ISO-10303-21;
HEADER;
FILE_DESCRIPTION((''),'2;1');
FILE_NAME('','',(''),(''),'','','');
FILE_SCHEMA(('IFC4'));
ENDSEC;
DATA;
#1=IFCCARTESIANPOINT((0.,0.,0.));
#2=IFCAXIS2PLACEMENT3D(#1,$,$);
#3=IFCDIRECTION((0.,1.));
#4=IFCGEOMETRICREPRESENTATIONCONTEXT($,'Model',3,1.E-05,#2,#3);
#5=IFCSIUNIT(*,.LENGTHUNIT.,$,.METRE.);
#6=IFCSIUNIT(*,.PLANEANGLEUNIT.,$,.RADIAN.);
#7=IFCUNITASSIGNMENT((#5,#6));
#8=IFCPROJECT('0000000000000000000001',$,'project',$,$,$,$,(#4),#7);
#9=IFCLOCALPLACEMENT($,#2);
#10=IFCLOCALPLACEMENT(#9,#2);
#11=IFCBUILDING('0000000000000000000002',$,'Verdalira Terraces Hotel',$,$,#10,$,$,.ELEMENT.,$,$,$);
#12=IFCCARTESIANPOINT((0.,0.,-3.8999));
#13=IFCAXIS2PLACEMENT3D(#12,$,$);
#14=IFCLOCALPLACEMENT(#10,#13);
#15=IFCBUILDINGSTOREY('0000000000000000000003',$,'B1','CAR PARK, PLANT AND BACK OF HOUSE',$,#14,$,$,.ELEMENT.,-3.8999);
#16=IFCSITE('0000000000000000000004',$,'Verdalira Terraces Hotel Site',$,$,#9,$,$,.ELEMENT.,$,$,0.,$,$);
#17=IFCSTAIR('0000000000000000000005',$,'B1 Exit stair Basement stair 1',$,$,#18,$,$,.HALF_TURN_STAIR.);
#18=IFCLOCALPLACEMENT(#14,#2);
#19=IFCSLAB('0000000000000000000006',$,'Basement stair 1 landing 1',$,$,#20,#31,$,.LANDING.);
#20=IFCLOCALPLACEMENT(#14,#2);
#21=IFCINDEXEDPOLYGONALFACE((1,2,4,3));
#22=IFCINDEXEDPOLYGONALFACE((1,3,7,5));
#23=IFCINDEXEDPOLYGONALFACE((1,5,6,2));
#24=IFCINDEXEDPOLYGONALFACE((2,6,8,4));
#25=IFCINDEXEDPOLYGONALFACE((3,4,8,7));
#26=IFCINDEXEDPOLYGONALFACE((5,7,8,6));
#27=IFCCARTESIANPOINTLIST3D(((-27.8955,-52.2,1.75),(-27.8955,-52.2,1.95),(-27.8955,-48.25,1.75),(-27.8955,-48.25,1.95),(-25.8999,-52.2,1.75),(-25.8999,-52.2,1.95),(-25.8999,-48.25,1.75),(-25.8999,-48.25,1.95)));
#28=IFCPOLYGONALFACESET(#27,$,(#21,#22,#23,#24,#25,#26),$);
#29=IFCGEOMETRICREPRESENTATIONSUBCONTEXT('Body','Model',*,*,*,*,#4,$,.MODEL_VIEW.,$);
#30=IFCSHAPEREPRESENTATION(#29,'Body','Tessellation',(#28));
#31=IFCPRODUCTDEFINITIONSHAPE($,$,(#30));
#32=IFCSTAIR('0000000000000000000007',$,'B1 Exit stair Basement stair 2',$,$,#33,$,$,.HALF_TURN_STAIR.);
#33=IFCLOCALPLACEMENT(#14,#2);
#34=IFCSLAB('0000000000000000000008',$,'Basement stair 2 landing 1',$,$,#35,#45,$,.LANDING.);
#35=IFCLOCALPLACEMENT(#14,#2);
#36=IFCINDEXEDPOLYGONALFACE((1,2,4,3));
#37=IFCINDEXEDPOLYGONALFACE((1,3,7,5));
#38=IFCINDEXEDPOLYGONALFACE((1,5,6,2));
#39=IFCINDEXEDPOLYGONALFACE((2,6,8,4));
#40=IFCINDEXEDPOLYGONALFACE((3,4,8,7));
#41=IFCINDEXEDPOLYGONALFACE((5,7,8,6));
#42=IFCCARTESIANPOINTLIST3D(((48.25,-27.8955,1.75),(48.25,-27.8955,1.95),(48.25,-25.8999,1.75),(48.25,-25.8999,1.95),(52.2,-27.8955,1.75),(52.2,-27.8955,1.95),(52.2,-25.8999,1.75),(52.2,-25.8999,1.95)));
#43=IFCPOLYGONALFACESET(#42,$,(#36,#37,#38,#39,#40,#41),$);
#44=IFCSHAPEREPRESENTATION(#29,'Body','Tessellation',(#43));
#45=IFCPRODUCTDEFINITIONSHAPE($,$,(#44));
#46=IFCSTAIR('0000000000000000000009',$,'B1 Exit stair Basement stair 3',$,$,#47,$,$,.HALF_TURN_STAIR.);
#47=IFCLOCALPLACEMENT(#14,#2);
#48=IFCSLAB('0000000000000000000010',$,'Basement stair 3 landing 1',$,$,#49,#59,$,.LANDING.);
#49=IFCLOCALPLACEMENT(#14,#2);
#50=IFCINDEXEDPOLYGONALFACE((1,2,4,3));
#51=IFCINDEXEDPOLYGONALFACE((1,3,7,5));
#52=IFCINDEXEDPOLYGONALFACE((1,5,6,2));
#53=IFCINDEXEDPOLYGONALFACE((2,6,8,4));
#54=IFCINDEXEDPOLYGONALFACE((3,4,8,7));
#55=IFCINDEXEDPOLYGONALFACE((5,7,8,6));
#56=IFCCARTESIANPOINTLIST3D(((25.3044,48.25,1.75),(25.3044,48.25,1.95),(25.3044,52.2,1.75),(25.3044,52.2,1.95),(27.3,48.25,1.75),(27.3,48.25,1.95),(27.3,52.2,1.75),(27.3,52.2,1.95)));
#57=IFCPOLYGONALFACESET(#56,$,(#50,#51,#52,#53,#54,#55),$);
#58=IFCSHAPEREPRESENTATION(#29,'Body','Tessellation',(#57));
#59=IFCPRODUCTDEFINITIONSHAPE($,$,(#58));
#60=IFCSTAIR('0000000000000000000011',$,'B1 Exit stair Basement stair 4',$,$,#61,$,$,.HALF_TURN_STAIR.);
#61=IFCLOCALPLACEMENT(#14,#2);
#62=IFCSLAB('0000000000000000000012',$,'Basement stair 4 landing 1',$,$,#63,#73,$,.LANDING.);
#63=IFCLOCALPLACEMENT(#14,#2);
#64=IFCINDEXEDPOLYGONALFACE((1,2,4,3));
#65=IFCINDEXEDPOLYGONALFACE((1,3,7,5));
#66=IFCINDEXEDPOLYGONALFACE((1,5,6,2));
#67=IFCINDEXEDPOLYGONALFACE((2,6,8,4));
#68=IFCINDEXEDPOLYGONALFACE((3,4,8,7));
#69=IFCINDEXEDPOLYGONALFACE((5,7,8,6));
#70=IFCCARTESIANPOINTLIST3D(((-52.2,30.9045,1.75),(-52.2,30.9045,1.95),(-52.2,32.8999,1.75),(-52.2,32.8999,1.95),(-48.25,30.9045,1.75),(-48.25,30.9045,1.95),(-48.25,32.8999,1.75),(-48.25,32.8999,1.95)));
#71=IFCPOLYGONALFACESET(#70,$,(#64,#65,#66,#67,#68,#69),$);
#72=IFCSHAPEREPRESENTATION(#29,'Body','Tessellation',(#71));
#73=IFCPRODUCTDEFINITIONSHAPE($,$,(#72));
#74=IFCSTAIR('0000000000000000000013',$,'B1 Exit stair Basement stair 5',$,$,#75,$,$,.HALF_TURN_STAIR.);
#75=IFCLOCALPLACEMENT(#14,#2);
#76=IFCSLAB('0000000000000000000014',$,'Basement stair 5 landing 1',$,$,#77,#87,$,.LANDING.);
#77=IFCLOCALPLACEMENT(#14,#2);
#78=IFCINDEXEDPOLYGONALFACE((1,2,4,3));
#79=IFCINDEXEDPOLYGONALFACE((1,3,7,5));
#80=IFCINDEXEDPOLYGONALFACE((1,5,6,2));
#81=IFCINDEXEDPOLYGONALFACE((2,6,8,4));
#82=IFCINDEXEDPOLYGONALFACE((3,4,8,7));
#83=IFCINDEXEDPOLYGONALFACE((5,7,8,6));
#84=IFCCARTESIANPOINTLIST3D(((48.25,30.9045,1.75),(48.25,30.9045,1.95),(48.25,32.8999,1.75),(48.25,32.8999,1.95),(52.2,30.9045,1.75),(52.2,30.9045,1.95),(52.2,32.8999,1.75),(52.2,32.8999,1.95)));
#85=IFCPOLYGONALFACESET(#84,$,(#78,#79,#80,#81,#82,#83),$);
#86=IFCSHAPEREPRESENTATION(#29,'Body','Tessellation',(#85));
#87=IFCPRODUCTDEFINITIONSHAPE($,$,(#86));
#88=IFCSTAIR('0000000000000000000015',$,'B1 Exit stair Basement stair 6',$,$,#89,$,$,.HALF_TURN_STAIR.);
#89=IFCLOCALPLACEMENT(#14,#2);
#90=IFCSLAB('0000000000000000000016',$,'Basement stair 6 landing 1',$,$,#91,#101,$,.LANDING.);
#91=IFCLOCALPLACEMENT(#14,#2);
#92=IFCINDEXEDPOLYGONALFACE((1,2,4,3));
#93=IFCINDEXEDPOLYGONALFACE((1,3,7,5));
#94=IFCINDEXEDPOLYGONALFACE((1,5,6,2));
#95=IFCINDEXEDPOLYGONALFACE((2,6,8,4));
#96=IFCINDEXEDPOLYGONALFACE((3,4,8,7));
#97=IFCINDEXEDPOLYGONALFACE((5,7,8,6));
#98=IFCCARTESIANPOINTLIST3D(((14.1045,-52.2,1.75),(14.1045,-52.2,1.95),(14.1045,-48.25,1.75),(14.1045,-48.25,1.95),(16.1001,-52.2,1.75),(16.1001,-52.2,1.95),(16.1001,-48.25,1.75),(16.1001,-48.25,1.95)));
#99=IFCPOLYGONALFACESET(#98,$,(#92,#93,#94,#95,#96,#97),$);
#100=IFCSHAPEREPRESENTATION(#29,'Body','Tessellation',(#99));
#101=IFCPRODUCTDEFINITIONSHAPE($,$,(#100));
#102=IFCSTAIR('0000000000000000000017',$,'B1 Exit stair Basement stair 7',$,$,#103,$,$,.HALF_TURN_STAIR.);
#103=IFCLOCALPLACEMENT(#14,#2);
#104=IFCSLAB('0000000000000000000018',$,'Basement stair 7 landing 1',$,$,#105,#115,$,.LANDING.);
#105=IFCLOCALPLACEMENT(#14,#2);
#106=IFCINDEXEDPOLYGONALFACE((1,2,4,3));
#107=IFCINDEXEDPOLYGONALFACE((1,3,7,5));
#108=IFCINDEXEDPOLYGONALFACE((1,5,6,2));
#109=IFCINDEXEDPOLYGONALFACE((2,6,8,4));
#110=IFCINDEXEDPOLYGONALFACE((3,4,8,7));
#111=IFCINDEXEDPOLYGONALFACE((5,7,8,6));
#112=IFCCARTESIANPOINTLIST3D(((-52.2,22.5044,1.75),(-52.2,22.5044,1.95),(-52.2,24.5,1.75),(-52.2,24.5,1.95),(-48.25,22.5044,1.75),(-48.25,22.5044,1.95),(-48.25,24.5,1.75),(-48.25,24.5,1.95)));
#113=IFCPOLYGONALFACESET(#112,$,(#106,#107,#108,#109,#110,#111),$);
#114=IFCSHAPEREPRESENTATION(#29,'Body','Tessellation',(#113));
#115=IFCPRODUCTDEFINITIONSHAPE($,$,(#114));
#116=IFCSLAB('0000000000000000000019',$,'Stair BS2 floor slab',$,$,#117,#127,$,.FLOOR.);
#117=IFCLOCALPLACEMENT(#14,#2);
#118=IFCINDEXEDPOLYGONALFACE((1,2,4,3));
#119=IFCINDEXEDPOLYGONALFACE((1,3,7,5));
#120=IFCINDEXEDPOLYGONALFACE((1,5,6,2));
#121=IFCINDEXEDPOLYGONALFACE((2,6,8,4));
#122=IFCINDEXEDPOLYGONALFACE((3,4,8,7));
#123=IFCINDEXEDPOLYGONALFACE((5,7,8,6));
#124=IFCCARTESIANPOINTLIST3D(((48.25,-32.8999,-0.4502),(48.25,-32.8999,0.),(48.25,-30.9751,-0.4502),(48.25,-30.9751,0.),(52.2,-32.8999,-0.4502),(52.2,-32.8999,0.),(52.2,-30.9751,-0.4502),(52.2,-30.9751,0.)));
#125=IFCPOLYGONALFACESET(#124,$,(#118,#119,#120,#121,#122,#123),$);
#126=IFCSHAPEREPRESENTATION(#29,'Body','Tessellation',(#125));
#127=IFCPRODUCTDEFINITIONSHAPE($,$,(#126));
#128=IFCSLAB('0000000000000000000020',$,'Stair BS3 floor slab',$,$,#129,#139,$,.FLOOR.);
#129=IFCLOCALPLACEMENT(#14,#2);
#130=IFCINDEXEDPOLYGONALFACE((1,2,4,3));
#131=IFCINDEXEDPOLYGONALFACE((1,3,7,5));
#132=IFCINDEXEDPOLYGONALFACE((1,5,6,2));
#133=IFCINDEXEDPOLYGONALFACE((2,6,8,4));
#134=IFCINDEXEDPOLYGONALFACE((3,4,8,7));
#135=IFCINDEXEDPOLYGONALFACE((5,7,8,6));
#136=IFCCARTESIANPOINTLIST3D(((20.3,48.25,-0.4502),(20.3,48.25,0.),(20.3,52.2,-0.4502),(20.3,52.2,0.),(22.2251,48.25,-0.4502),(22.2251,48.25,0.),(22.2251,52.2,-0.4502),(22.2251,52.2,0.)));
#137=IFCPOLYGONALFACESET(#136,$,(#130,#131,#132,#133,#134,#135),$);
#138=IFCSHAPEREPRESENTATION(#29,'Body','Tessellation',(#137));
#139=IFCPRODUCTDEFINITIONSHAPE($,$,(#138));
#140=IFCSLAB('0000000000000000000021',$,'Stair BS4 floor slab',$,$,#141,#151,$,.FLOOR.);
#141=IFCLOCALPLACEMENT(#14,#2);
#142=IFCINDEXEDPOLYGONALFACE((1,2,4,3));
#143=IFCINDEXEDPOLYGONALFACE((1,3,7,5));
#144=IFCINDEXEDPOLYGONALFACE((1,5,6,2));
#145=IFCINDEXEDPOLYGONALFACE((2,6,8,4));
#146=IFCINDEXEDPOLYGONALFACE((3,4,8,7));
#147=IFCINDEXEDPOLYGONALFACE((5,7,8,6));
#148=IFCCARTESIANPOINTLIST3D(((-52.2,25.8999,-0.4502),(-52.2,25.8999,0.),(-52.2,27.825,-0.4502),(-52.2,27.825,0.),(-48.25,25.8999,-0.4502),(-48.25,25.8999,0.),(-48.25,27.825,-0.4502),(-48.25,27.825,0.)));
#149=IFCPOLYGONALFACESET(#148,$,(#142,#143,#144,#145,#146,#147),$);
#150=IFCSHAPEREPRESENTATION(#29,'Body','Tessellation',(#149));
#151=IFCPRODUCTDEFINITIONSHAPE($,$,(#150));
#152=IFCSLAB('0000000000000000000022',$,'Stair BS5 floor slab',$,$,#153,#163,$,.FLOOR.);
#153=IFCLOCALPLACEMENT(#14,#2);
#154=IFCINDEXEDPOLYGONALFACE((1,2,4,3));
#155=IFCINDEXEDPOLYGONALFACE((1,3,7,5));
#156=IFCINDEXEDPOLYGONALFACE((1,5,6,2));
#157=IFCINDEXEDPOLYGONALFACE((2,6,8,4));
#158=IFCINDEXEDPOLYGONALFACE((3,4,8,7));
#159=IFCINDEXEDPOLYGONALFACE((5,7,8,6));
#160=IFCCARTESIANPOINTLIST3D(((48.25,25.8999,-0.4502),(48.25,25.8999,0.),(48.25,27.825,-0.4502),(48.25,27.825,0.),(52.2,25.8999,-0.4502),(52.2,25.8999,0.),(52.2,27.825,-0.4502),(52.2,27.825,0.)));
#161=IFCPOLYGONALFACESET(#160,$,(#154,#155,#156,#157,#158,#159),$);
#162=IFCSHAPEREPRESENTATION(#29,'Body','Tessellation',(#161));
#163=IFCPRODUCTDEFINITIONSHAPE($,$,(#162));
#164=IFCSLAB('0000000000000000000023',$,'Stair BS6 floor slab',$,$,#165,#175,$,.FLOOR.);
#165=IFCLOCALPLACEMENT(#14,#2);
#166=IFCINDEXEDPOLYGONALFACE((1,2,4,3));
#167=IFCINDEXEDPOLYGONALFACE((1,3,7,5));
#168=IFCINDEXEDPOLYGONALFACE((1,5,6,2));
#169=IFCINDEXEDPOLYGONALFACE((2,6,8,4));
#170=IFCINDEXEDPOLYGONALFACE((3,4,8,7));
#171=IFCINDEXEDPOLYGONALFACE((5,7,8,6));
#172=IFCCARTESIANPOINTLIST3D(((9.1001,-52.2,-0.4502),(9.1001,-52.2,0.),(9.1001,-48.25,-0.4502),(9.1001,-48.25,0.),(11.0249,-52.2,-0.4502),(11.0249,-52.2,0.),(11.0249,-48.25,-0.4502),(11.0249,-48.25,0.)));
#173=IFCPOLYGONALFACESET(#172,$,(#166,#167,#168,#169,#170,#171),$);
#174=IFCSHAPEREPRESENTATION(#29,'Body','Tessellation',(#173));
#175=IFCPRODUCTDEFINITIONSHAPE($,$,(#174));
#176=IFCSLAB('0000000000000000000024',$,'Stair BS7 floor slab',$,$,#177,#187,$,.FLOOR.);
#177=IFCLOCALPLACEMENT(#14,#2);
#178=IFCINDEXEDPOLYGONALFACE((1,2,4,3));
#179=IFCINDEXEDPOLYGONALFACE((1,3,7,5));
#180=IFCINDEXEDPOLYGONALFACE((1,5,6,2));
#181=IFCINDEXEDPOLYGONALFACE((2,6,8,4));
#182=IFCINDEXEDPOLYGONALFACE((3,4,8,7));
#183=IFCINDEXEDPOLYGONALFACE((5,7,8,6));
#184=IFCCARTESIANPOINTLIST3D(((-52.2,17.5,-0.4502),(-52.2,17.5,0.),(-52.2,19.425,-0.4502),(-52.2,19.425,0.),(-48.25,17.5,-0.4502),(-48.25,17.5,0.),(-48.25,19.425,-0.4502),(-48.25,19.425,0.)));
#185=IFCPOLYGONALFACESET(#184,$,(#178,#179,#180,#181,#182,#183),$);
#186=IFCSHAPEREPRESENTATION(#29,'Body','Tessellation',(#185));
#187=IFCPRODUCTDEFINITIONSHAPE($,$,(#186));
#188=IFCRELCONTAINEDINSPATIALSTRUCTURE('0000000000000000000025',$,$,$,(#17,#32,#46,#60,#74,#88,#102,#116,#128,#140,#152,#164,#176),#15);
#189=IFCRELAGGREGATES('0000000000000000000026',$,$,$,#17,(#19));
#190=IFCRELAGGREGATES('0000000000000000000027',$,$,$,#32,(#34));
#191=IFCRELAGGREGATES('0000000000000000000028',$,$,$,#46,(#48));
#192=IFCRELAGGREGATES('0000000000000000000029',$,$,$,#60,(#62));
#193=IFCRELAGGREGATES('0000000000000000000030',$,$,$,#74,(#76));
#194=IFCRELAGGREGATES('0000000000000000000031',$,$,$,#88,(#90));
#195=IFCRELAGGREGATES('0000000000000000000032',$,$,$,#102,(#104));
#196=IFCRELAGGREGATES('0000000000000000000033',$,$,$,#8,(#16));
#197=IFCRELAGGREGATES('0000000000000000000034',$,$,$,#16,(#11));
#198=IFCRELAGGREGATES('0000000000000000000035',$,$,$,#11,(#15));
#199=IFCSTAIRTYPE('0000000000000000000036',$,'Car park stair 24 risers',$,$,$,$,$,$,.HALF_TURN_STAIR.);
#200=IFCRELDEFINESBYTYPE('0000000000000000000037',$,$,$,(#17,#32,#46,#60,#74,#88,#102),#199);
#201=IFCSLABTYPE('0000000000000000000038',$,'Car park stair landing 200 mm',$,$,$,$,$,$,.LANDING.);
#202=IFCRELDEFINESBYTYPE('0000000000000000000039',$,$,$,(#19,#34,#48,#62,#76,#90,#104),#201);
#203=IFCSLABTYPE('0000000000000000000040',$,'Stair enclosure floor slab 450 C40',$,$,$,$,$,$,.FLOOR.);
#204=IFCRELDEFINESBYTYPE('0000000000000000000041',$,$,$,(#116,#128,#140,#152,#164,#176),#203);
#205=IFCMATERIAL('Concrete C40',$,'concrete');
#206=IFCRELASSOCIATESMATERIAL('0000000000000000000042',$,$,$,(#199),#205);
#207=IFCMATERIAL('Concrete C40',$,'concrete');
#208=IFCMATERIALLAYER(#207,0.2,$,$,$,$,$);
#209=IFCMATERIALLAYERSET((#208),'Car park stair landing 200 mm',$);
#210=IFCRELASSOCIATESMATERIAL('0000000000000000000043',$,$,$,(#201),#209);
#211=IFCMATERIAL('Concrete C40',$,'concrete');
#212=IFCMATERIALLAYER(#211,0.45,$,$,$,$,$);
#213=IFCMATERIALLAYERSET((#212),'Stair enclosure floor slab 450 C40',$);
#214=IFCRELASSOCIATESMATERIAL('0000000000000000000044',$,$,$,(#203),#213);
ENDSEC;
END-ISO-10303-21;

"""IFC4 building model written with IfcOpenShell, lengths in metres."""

from ifc_helpers import new_model, si_unit, direction, frame, origin, place, context, subcontext, project, spatial, polyline, outline, extrude, material, layer, layer_set, type_object, element, aggregate, save


model = new_model("IFC4")

# Units and contexts
model_context = context("Model", 3, precision=1e-05, world=origin(), true_north=direction((0.0, 1.0)))
body_context = subcontext(model_context, "Body", "Model", "MODEL_VIEW")
ifc_project = project(units=[si_unit("LENGTHUNIT", "METRE"), si_unit("PLANEANGLEUNIT", "RADIAN")], contexts=[model_context])

# Site, building, storey
site_placement = place(None, origin())
site = spatial("IfcSite", under=ifc_project, at=site_placement, Name="Verdalira Terraces Hotel Site", CompositionType="ELEMENT", RefElevation=0.0)
building_placement = place(site_placement, origin())
building = spatial("IfcBuilding", under=site, at=building_placement, Name="Verdalira Terraces Hotel", CompositionType="ELEMENT")
storey_placement = place(building_placement, frame((0.0, 0.0, -3.8999)))
storey = spatial("IfcBuildingStorey", under=building, at=storey_placement, Name="B1", Description="CAR PARK, PLANT AND BACK OF HOUSE", CompositionType="ELEMENT", Elevation=-3.8999)

# Stairs, slabs
ifc_material_1 = material(Name="Concrete C40", Category="concrete")
stair_type = type_object("IfcStairType", Name="Car park stair 24 risers", PredefinedType="HALF_TURN_STAIR", material=ifc_material_1)
stair_1_placement = place(storey_placement, origin())
stair_1 = element("IfcStair", 1, at=stair_1_placement, inside=storey, type_object=stair_type, Name="B1 Exit stair Basement stair 1", PredefinedType="HALF_TURN_STAIR")
ifc_material_2 = material(Name="Concrete C40", Category="concrete")
ifc_layer_1 = layer(ifc_material_2, 0.2)
ifc_layer_set_1 = layer_set([ifc_layer_1], Name="Car park stair landing 200 mm")
slab_type_1 = type_object("IfcSlabType", Name="Car park stair landing 200 mm", PredefinedType="LANDING", material=ifc_layer_set_1)
slab_1_placement = place(storey_placement, frame((0.0, 0.0, 1.75)))
slab_1 = element("IfcSlab", 2, at=slab_1_placement, type_object=slab_type_1, Name="Basement stair 1 landing 1", PredefinedType="LANDING", context=body_context, shape_type="SweptSolid", body=[
    extrude(outline(polyline([(-27.8955, -52.2), (-25.8999, -52.2), (-25.8999, -48.25), (-27.8955, -48.25), (-27.8955, -52.2)])), origin(), (0.0, 0.0, 1.0), 0.2),
])
aggregate(stair_1, [slab_1])
stair_2_placement = place(storey_placement, origin())
stair_2 = element("IfcStair", 3, at=stair_2_placement, inside=storey, type_object=stair_type, Name="B1 Exit stair Basement stair 2", PredefinedType="HALF_TURN_STAIR")
slab_2_placement = place(storey_placement, frame((0.0, 0.0, 1.75)))
slab_2 = element("IfcSlab", 4, at=slab_2_placement, type_object=slab_type_1, Name="Basement stair 2 landing 1", PredefinedType="LANDING", context=body_context, shape_type="SweptSolid", body=[
    extrude(outline(polyline([(52.2, -27.8955), (52.2, -25.8999), (48.25, -25.8999), (48.25, -27.8955), (52.2, -27.8955)])), origin(), (0.0, 0.0, 1.0), 0.2),
])
aggregate(stair_2, [slab_2])
stair_3_placement = place(storey_placement, origin())
stair_3 = element("IfcStair", 5, at=stair_3_placement, inside=storey, type_object=stair_type, Name="B1 Exit stair Basement stair 3", PredefinedType="HALF_TURN_STAIR")
slab_3_placement = place(storey_placement, frame((0.0, 0.0, 1.75)))
slab_3 = element("IfcSlab", 6, at=slab_3_placement, type_object=slab_type_1, Name="Basement stair 3 landing 1", PredefinedType="LANDING", context=body_context, shape_type="SweptSolid", body=[
    extrude(outline(polyline([(25.3044, 48.25), (27.3, 48.25), (27.3, 52.2), (25.3044, 52.2), (25.3044, 48.25)])), origin(), (0.0, 0.0, 1.0), 0.2),
])
aggregate(stair_3, [slab_3])
stair_4_placement = place(storey_placement, origin())
stair_4 = element("IfcStair", 7, at=stair_4_placement, inside=storey, type_object=stair_type, Name="B1 Exit stair Basement stair 4", PredefinedType="HALF_TURN_STAIR")
slab_4_placement = place(storey_placement, frame((0.0, 0.0, 1.75)))
slab_4 = element("IfcSlab", 8, at=slab_4_placement, type_object=slab_type_1, Name="Basement stair 4 landing 1", PredefinedType="LANDING", context=body_context, shape_type="SweptSolid", body=[
    extrude(outline(polyline([(-48.25, 30.9045), (-48.25, 32.8999), (-52.2, 32.8999), (-52.2, 30.9045), (-48.25, 30.9045)])), origin(), (0.0, 0.0, 1.0), 0.2),
])
aggregate(stair_4, [slab_4])
stair_5_placement = place(storey_placement, origin())
stair_5 = element("IfcStair", 9, at=stair_5_placement, inside=storey, type_object=stair_type, Name="B1 Exit stair Basement stair 5", PredefinedType="HALF_TURN_STAIR")
slab_5_placement = place(storey_placement, frame((0.0, 0.0, 1.75)))
slab_5 = element("IfcSlab", 10, at=slab_5_placement, type_object=slab_type_1, Name="Basement stair 5 landing 1", PredefinedType="LANDING", context=body_context, shape_type="SweptSolid", body=[
    extrude(outline(polyline([(52.2, 30.9045), (52.2, 32.8999), (48.25, 32.8999), (48.25, 30.9045), (52.2, 30.9045)])), origin(), (0.0, 0.0, 1.0), 0.2),
])
aggregate(stair_5, [slab_5])
stair_6_placement = place(storey_placement, origin())
stair_6 = element("IfcStair", 11, at=stair_6_placement, inside=storey, type_object=stair_type, Name="B1 Exit stair Basement stair 6", PredefinedType="HALF_TURN_STAIR")
slab_6_placement = place(storey_placement, frame((0.0, 0.0, 1.75)))
slab_6 = element("IfcSlab", 12, at=slab_6_placement, type_object=slab_type_1, Name="Basement stair 6 landing 1", PredefinedType="LANDING", context=body_context, shape_type="SweptSolid", body=[
    extrude(outline(polyline([(14.1045, -52.2), (16.1001, -52.2), (16.1001, -48.25), (14.1045, -48.25), (14.1045, -52.2)])), origin(), (0.0, 0.0, 1.0), 0.2),
])
aggregate(stair_6, [slab_6])
stair_7_placement = place(storey_placement, origin())
stair_7 = element("IfcStair", 13, at=stair_7_placement, inside=storey, type_object=stair_type, Name="B1 Exit stair Basement stair 7", PredefinedType="HALF_TURN_STAIR")
slab_7_placement = place(storey_placement, frame((0.0, 0.0, 1.75)))
slab_7 = element("IfcSlab", 14, at=slab_7_placement, type_object=slab_type_1, Name="Basement stair 7 landing 1", PredefinedType="LANDING", context=body_context, shape_type="SweptSolid", body=[
    extrude(outline(polyline([(-48.25, 22.5044), (-48.25, 24.5), (-52.2, 24.5), (-52.2, 22.5044), (-48.25, 22.5044)])), origin(), (0.0, 0.0, 1.0), 0.2),
])
aggregate(stair_7, [slab_7])

# Slabs
ifc_material_3 = material(Name="Concrete C40", Category="concrete")
ifc_layer_2 = layer(ifc_material_3, 0.45)
ifc_layer_set_2 = layer_set([ifc_layer_2], Name="Stair enclosure floor slab 450 C40")
slab_type_2 = type_object("IfcSlabType", Name="Stair enclosure floor slab 450 C40", PredefinedType="FLOOR", material=ifc_layer_set_2)
slab_8_placement = place(storey_placement, frame((0.0, 0.0, -0.4502)))
element("IfcSlab", 15, at=slab_8_placement, inside=storey, type_object=slab_type_2, Name="Stair BS2 floor slab", PredefinedType="FLOOR", context=body_context, shape_type="SweptSolid", body=[
    extrude(outline(polyline([(48.25, -30.9751), (52.2, -30.9751), (52.2, -32.8999), (48.25, -32.8999), (48.25, -30.9751)])), origin(), (0.0, 0.0, 1.0), 0.4502),
])
slab_9_placement = place(storey_placement, frame((0.0, 0.0, -0.4502)))
element("IfcSlab", 16, at=slab_9_placement, inside=storey, type_object=slab_type_2, Name="Stair BS3 floor slab", PredefinedType="FLOOR", context=body_context, shape_type="SweptSolid", body=[
    extrude(outline(polyline([(20.3, 52.2), (22.2251, 52.2), (22.2251, 48.25), (20.3, 48.25), (20.3, 52.2)])), origin(), (0.0, 0.0, 1.0), 0.4502),
])
slab_10_placement = place(storey_placement, frame((0.0, 0.0, -0.4502)))
element("IfcSlab", 17, at=slab_10_placement, inside=storey, type_object=slab_type_2, Name="Stair BS4 floor slab", PredefinedType="FLOOR", context=body_context, shape_type="SweptSolid", body=[
    extrude(outline(polyline([(-52.2, 27.825), (-48.25, 27.825), (-48.25, 25.8999), (-52.2, 25.8999), (-52.2, 27.825)])), origin(), (0.0, 0.0, 1.0), 0.4502),
])
slab_11_placement = place(storey_placement, frame((0.0, 0.0, -0.4502)))
element("IfcSlab", 18, at=slab_11_placement, inside=storey, type_object=slab_type_2, Name="Stair BS5 floor slab", PredefinedType="FLOOR", context=body_context, shape_type="SweptSolid", body=[
    extrude(outline(polyline([(48.25, 27.825), (52.2, 27.825), (52.2, 25.8999), (48.25, 25.8999), (48.25, 27.825)])), origin(), (0.0, 0.0, 1.0), 0.4502),
])
slab_12_placement = place(storey_placement, frame((0.0, 0.0, -0.4502)))
element("IfcSlab", 19, at=slab_12_placement, inside=storey, type_object=slab_type_2, Name="Stair BS6 floor slab", PredefinedType="FLOOR", context=body_context, shape_type="SweptSolid", body=[
    extrude(outline(polyline([(9.1001, -48.25), (11.0249, -48.25), (11.0249, -52.2), (9.1001, -52.2), (9.1001, -48.25)])), origin(), (0.0, 0.0, 1.0), 0.4502),
])
slab_13_placement = place(storey_placement, frame((0.0, 0.0, -0.4502)))
element("IfcSlab", 20, at=slab_13_placement, inside=storey, type_object=slab_type_2, Name="Stair BS7 floor slab", PredefinedType="FLOOR", context=body_context, shape_type="SweptSolid", body=[
    extrude(outline(polyline([(-52.2, 19.425), (-48.25, 19.425), (-48.25, 17.5), (-52.2, 17.5), (-52.2, 19.425)])), origin(), (0.0, 0.0, 1.0), 0.4502),
])

save(model, "model.ifc")
